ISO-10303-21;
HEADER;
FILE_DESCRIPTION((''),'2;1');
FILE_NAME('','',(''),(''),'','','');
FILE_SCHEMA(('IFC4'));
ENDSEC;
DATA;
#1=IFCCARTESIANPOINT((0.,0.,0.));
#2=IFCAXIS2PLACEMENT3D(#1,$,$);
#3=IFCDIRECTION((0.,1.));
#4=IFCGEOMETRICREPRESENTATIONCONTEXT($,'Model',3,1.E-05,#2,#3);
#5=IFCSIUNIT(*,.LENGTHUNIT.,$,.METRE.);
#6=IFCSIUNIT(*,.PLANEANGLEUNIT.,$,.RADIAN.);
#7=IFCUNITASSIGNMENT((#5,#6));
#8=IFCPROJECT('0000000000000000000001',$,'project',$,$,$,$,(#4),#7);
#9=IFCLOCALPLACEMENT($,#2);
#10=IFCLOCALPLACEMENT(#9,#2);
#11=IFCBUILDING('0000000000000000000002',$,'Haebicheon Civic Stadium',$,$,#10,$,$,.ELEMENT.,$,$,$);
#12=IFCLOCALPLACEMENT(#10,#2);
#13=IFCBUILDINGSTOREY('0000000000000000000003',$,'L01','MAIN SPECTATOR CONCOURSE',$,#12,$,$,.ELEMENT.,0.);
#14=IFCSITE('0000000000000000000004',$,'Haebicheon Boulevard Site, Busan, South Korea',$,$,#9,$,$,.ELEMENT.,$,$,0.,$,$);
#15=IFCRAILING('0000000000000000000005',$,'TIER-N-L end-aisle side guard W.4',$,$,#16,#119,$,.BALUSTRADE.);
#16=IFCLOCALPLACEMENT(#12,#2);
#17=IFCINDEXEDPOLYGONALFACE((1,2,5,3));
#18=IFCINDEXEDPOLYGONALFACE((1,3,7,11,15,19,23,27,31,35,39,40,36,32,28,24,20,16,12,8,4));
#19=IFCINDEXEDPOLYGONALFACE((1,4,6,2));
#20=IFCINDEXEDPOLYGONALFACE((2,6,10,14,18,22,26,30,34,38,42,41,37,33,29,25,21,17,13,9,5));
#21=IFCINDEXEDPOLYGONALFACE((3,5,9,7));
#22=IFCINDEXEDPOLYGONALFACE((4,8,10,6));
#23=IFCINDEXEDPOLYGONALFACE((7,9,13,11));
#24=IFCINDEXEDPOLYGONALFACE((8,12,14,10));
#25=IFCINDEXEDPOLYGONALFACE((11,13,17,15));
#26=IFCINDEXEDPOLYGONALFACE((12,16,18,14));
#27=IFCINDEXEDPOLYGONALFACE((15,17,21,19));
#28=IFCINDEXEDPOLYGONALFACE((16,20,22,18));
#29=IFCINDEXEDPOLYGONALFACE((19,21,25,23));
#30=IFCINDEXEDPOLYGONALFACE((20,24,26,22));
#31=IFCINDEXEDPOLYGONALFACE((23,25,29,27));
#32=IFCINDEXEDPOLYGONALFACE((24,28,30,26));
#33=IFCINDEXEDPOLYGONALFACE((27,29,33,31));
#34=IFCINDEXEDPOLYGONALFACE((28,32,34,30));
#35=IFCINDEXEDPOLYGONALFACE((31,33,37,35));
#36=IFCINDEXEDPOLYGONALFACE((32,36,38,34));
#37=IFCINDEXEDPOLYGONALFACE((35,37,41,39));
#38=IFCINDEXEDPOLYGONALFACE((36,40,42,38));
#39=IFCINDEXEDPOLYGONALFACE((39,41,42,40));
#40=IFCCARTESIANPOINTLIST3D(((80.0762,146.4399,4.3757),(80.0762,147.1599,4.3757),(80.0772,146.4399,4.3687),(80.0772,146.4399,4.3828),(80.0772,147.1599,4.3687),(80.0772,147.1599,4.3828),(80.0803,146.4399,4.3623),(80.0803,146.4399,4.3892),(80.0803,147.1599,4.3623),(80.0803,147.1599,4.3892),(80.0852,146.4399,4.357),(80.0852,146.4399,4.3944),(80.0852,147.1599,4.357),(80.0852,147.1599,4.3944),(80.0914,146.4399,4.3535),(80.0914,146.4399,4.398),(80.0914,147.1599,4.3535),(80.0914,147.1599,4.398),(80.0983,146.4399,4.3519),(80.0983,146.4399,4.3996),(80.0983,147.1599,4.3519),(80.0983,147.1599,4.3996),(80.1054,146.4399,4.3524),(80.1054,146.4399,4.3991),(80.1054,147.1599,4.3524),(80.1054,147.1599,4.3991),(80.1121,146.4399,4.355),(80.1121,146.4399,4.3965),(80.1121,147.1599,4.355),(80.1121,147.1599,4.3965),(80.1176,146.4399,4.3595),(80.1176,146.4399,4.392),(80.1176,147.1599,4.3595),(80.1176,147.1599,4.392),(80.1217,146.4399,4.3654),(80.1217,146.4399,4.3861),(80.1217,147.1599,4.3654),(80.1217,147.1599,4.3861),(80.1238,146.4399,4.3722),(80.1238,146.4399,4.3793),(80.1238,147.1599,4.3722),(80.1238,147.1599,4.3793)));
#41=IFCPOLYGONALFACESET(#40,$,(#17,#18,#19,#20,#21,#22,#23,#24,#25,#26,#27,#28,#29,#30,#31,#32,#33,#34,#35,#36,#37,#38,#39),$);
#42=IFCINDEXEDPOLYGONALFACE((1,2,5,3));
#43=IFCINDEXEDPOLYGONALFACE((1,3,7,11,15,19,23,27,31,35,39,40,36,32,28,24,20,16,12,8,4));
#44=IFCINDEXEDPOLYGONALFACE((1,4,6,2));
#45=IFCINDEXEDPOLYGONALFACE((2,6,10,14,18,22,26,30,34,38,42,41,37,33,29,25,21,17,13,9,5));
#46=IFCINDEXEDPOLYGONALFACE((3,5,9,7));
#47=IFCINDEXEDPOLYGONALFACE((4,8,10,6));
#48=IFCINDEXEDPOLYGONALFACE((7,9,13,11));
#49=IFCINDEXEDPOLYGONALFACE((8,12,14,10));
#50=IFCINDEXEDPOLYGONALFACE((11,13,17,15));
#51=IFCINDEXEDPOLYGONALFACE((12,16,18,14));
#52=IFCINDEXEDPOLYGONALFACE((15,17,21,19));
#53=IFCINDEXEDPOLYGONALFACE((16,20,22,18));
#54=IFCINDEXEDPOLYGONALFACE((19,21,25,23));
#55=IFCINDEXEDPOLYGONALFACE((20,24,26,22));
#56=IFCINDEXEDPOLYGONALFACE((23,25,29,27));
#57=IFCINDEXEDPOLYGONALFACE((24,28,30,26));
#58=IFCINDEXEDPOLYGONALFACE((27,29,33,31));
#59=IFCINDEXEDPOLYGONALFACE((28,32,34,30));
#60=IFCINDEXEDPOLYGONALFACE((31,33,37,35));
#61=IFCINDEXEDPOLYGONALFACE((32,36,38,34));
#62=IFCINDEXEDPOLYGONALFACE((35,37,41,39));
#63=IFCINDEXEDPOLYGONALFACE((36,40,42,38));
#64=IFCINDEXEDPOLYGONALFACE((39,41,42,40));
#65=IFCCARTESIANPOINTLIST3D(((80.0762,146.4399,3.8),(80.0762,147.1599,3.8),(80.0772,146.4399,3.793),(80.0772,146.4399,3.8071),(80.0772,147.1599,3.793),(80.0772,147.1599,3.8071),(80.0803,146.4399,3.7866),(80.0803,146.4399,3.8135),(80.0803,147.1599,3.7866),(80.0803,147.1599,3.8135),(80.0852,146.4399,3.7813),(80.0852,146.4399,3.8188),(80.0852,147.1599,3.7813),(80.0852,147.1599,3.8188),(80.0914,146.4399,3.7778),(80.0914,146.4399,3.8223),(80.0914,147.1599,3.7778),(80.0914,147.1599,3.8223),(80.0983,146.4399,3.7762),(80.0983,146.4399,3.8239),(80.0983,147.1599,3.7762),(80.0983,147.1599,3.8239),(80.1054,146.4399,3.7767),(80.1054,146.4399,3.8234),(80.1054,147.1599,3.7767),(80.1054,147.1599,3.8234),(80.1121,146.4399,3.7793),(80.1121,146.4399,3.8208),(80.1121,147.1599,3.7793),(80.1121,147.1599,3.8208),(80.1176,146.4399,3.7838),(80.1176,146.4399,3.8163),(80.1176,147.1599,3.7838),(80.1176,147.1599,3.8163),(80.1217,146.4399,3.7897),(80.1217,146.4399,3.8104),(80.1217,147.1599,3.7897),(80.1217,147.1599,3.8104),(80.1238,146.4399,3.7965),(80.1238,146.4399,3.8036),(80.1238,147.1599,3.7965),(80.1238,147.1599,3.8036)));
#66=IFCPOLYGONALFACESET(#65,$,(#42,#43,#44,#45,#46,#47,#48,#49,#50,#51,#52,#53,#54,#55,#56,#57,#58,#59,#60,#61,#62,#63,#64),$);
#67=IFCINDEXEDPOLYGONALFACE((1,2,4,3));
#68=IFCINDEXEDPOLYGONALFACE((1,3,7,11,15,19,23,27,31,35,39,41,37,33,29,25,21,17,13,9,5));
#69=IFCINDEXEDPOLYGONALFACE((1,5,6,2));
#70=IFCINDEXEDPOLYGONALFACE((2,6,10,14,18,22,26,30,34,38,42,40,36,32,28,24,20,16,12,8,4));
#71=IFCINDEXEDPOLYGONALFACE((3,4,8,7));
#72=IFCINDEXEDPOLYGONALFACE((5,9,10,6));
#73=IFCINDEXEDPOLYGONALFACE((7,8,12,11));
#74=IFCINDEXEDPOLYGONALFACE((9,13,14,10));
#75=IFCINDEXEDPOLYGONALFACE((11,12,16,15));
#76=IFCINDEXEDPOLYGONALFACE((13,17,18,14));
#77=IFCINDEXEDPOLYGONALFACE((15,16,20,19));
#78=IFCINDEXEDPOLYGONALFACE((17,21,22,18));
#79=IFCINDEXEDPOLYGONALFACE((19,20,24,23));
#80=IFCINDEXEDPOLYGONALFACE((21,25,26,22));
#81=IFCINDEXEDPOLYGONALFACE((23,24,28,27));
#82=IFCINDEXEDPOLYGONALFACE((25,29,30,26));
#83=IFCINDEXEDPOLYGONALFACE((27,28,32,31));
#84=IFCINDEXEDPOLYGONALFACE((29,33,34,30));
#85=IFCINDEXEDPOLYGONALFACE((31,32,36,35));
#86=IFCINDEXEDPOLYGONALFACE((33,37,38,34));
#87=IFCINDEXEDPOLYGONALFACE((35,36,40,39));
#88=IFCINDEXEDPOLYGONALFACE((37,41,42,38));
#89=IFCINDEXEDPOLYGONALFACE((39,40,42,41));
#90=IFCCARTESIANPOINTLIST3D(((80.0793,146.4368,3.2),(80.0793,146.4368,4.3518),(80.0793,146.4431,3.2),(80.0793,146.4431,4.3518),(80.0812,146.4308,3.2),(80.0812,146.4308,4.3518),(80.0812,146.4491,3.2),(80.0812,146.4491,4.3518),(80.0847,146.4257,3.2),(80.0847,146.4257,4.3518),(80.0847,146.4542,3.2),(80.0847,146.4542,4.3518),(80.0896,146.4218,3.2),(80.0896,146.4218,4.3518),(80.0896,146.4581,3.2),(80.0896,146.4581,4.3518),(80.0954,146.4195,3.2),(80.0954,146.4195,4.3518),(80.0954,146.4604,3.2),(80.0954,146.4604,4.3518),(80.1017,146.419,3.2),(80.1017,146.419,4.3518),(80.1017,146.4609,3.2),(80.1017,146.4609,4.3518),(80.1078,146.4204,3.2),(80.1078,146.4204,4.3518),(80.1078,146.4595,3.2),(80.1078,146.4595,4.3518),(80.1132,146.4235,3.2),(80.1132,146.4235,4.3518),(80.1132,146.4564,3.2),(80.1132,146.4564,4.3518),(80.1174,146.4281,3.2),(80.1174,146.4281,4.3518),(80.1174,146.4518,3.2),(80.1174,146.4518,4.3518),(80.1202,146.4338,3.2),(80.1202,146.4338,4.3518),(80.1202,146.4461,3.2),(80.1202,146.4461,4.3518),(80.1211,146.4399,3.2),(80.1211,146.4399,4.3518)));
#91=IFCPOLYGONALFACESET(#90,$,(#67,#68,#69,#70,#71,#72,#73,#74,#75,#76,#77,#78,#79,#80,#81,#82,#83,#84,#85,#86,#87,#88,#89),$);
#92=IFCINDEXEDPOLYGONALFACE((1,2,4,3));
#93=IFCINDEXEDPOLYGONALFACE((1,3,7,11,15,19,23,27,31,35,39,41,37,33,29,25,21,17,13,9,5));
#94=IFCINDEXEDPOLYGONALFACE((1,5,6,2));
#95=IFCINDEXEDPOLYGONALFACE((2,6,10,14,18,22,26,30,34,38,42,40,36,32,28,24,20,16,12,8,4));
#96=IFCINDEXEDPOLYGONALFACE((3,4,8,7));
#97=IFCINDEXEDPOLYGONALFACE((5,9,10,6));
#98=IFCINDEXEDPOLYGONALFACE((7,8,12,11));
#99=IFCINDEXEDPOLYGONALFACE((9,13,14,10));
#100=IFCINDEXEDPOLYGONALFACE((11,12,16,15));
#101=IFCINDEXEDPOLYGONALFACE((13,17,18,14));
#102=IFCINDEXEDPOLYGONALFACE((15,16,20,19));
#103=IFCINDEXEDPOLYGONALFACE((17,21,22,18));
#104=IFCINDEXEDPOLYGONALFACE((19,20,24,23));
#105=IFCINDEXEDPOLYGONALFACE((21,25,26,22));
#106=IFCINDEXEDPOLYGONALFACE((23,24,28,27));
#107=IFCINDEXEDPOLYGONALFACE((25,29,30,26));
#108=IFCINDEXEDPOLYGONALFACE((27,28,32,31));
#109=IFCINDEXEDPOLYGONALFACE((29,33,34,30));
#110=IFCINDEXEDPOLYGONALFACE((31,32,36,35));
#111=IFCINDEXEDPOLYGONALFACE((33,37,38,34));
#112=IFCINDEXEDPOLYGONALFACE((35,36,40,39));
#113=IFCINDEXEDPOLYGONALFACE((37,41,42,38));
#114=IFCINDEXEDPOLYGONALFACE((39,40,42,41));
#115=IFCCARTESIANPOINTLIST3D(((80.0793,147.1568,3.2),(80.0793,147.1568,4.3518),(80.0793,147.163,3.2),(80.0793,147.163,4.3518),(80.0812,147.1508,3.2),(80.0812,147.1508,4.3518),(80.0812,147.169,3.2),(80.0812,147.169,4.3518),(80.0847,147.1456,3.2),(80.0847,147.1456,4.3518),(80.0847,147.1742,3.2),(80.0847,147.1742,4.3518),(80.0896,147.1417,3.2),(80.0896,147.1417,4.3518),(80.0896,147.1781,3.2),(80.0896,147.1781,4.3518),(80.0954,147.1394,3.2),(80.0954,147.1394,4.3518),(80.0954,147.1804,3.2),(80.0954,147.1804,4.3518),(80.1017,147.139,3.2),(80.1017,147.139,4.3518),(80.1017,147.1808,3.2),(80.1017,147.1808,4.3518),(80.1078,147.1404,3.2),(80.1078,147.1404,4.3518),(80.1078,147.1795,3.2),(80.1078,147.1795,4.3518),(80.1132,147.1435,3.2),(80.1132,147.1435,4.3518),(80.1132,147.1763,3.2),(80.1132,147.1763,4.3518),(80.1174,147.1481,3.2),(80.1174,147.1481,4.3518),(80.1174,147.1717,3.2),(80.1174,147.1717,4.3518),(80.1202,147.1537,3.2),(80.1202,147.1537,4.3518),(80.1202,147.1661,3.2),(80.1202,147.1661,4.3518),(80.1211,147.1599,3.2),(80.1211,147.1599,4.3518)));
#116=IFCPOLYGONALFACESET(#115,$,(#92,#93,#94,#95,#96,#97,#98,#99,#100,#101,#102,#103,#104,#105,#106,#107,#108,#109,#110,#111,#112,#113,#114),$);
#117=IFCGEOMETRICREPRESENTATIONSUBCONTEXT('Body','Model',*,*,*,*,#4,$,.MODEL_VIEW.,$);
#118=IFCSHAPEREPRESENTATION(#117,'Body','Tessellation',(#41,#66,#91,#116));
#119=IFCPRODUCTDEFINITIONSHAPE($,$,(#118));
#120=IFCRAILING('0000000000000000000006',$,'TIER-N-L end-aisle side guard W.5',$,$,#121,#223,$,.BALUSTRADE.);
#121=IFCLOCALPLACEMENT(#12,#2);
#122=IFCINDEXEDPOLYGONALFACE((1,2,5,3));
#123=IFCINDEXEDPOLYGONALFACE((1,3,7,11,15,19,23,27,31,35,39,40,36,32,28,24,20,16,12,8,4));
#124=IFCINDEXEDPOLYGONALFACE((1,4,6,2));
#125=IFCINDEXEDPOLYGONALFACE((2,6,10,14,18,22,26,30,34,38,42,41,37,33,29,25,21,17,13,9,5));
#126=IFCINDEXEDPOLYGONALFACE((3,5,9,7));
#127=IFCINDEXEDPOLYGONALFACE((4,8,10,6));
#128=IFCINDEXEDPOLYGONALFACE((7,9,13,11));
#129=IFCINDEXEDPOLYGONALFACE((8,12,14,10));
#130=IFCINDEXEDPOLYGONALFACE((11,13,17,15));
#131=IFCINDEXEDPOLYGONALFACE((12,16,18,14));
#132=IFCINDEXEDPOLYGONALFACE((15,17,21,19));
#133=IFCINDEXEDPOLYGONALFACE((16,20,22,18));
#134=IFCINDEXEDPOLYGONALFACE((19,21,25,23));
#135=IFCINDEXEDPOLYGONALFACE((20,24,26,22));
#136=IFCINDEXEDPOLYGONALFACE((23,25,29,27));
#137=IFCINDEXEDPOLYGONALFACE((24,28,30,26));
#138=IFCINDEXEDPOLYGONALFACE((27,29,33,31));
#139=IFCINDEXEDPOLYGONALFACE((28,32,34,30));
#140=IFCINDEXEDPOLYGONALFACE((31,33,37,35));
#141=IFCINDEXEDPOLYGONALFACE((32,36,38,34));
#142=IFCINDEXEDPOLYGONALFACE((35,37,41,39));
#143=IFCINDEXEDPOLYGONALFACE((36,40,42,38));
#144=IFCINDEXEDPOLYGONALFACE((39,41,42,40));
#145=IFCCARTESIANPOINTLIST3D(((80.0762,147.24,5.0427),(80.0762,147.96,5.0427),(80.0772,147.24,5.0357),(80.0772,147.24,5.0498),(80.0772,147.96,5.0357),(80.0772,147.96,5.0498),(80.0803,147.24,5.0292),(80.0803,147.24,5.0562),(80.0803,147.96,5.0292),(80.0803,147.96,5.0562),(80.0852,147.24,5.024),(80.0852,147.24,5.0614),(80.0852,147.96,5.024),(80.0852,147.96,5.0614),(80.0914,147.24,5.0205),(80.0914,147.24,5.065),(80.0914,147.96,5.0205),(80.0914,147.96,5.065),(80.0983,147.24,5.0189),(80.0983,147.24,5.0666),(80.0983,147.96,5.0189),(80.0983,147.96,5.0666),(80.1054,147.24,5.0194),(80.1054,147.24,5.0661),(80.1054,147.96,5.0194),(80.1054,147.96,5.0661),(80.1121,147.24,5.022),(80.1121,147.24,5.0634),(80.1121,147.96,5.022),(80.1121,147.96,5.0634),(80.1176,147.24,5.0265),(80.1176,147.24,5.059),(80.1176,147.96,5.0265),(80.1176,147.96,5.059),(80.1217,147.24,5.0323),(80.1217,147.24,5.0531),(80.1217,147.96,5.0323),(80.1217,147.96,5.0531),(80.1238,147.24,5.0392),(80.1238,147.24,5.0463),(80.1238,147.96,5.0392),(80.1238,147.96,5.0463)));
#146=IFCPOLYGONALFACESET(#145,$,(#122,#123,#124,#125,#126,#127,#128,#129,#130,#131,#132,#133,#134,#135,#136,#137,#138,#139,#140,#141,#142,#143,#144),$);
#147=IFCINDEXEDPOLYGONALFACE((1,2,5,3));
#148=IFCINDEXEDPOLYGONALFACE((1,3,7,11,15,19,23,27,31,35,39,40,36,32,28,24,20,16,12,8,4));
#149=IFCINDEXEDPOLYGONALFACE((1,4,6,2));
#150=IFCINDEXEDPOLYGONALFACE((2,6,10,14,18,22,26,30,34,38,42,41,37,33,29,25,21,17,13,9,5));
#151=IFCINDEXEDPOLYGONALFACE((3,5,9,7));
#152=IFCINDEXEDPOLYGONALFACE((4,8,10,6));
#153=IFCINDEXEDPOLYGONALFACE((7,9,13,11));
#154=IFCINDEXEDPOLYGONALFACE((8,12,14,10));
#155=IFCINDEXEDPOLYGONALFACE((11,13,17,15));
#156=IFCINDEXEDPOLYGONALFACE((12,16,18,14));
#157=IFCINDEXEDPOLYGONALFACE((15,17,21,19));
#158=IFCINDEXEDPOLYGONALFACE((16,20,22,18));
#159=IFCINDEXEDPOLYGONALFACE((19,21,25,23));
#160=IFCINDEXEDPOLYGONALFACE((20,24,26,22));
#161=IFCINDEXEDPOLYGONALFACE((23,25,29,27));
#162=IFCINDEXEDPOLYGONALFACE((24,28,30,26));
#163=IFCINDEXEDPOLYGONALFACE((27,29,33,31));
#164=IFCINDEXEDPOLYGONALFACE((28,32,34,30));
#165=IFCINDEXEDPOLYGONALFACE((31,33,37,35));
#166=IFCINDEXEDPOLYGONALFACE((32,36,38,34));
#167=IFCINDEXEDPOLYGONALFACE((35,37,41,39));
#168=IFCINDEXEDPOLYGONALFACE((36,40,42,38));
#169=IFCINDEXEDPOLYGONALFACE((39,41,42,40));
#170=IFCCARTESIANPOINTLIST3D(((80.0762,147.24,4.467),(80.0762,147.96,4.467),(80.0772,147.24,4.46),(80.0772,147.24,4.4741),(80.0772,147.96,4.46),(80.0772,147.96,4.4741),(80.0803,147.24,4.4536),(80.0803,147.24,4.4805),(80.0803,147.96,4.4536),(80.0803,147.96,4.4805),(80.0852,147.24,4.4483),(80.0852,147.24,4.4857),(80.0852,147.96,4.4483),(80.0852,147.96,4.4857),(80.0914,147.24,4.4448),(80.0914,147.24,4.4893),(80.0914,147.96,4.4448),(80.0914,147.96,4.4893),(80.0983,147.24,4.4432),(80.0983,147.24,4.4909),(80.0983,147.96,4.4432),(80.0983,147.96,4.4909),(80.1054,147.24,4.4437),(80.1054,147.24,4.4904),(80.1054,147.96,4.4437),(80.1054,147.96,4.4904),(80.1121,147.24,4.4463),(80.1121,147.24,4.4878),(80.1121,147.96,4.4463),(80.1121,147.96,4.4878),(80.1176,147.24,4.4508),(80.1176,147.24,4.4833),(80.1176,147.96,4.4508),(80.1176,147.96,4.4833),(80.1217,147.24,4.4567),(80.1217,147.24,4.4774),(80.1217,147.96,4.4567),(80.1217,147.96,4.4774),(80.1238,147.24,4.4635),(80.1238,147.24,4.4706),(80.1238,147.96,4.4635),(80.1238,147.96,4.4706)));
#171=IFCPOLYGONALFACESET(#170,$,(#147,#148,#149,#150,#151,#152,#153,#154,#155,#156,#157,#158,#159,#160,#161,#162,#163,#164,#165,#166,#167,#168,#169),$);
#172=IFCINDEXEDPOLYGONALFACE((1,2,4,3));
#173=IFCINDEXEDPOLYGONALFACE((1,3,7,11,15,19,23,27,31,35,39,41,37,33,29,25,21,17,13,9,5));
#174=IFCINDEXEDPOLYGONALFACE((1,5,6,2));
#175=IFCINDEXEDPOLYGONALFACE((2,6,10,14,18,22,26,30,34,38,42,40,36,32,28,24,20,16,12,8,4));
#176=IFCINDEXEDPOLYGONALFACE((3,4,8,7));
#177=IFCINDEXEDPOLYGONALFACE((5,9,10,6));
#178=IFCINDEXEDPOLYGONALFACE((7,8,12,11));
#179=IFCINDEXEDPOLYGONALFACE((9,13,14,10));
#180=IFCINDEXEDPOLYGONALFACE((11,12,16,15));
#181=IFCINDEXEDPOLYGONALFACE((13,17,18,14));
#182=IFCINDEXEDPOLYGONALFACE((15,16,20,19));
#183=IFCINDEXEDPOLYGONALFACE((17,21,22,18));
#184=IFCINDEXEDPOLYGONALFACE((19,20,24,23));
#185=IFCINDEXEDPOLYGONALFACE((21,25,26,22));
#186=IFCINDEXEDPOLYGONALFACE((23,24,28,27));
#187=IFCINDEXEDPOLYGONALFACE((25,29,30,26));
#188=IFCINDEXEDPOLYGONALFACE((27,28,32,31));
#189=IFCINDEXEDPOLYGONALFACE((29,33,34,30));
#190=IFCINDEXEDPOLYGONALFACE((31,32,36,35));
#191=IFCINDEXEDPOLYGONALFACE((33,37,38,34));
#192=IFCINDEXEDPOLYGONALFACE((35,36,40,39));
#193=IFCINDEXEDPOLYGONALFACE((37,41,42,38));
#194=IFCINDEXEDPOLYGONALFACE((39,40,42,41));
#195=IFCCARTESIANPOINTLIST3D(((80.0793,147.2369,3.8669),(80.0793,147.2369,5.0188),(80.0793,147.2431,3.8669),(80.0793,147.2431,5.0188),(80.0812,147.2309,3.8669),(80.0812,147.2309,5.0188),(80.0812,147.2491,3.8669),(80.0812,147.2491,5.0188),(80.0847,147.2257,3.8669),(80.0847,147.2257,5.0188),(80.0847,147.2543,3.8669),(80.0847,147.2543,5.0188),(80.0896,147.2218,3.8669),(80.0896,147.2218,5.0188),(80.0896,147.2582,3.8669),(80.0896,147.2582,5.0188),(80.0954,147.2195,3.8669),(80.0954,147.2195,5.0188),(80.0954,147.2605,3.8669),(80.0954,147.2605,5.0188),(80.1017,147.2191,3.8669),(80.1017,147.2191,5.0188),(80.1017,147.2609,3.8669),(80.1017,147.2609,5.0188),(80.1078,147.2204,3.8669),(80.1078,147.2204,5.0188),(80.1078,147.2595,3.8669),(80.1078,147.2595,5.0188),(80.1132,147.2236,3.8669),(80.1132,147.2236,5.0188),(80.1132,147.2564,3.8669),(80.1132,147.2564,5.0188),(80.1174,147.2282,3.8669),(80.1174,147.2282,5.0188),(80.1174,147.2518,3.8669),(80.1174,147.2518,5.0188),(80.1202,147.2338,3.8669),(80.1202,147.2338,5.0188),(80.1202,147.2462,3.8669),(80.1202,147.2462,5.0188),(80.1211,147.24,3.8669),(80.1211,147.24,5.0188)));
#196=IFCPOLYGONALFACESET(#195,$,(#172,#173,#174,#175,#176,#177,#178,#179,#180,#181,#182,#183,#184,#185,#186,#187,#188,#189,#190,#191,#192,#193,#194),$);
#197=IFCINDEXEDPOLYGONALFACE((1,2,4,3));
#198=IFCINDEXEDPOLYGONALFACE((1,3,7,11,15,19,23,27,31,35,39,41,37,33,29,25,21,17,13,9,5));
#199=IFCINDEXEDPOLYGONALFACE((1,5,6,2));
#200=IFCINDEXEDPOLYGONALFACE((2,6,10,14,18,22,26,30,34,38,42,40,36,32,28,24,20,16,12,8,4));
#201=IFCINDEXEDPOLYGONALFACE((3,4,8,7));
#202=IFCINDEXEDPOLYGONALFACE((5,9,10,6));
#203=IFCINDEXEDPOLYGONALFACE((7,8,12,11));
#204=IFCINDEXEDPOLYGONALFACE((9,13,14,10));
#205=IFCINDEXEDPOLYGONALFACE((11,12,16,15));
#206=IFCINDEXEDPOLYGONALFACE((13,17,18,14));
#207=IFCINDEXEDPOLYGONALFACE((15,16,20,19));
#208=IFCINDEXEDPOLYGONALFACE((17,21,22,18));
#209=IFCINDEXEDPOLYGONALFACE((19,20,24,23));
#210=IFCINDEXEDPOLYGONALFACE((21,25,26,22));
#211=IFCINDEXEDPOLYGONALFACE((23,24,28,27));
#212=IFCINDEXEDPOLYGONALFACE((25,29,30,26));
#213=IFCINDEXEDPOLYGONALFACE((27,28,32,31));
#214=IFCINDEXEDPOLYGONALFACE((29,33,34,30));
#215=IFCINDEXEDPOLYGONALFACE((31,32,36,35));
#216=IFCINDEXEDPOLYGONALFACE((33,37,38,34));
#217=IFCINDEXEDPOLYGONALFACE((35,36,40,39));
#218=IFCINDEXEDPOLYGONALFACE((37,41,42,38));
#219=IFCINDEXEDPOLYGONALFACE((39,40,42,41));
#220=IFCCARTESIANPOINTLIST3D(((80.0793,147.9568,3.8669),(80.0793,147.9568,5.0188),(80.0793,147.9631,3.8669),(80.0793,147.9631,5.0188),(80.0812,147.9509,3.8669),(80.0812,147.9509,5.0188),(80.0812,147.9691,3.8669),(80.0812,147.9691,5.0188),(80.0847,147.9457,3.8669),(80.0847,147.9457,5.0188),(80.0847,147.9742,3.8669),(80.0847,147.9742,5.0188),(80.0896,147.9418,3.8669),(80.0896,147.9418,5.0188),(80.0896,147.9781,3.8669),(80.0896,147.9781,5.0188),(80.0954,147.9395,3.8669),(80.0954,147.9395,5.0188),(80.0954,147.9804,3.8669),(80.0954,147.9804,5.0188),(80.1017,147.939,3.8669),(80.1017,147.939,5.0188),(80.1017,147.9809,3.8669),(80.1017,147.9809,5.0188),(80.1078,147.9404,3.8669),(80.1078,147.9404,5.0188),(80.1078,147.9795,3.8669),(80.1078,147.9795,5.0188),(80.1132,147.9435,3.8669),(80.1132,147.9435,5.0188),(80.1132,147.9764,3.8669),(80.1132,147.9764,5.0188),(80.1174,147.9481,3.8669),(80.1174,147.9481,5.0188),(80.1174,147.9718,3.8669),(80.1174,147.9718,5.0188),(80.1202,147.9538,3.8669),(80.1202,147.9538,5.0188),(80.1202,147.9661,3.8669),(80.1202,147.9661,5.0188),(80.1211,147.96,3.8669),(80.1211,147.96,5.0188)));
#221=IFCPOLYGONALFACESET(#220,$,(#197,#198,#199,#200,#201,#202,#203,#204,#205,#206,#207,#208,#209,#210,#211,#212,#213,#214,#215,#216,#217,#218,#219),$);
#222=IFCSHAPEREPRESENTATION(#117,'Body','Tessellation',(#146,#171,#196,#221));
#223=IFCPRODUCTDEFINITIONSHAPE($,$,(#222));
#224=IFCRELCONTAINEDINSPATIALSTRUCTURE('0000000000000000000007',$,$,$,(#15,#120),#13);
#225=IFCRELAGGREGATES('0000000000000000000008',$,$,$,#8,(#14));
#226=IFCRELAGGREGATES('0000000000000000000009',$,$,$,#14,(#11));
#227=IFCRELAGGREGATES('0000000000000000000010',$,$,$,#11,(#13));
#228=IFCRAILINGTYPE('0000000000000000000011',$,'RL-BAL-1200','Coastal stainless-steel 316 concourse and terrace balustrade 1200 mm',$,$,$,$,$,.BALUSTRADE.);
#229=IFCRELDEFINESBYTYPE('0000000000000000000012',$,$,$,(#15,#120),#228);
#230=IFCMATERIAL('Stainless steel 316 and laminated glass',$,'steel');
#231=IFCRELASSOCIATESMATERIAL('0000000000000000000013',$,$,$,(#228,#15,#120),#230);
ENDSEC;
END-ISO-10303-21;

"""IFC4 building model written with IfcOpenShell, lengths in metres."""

from ifc_helpers import new_model, si_unit, direction, frame, origin, origin_2d, place, context, subcontext, project, spatial, circle, extrude, material, type_object, element, save


model = new_model("IFC4")

# Units and contexts
model_context = context("Model", 3, precision=1e-05, world=origin(), true_north=direction((0.0, 1.0)))
body_context = subcontext(model_context, "Body", "Model", "MODEL_VIEW")
ifc_project = project(units=[si_unit("LENGTHUNIT", "METRE"), si_unit("PLANEANGLEUNIT", "RADIAN")], contexts=[model_context])

# Site, building, storey
site_placement = place(None, origin())
site = spatial("IfcSite", under=ifc_project, at=site_placement, Name="Haebicheon Boulevard Site, Busan, South Korea", CompositionType="ELEMENT", RefElevation=0.0)
building_placement = place(site_placement, origin())
building = spatial("IfcBuilding", under=site, at=building_placement, Name="Haebicheon Civic Stadium", CompositionType="ELEMENT")
storey_placement = place(building_placement, origin())
storey = spatial("IfcBuildingStorey", under=building, at=storey_placement, Name="L01", Description="MAIN SPECTATOR CONCOURSE", CompositionType="ELEMENT", Elevation=0.0)

# Railings
ifc_material_1 = material(Name="Stainless steel 316 and laminated glass", Category="steel")
railing_type_1 = type_object("IfcRailingType", Name="RL-BAL-1200", Description="Coastal stainless-steel 316 concourse and terrace balustrade 1200 mm", PredefinedType="BALUSTRADE", material=ifc_material_1)
for number, where, name in (
    (1, (80.1001, 146.4399, 3.2), "TIER-N-L end-aisle side guard W.4"),
    (2, (80.1001, 147.24, 3.8669), "TIER-N-L end-aisle side guard W.5"),
):
    element("IfcRailing", number, at=place(storey_placement, frame(where)), inside=storey, type_object=railing_type_1, material=ifc_material_1, Name=name, PredefinedType="BALUSTRADE", context=body_context, shape_type="SweptSolid", body=[
        extrude(circle(Radius=0.0239, at=origin_2d()), frame((0.0, 0.0, 1.1758), z_axis=(0.0, 1.0, 0.0), x_axis=(-1.0, 0.0, 0.0)), (0.0, 0.0, 1.0), 0.72),
        extrude(circle(Radius=0.0239, at=origin_2d()), frame((0.0, 0.0, 0.6001), z_axis=(0.0, 1.0, 0.0), x_axis=(-1.0, 0.0, 0.0)), (0.0, 0.0, 1.0), 0.72),
        extrude(circle(Radius=0.021, at=origin_2d()), origin(), (0.0, 0.0, 1.0), 1.1519),
        extrude(circle(Radius=0.021, at=origin_2d()), frame((0.0, 0.72, 0.0)), (0.0, 0.0, 1.0), 1.1519),
    ])

save(model, "model.ifc")
